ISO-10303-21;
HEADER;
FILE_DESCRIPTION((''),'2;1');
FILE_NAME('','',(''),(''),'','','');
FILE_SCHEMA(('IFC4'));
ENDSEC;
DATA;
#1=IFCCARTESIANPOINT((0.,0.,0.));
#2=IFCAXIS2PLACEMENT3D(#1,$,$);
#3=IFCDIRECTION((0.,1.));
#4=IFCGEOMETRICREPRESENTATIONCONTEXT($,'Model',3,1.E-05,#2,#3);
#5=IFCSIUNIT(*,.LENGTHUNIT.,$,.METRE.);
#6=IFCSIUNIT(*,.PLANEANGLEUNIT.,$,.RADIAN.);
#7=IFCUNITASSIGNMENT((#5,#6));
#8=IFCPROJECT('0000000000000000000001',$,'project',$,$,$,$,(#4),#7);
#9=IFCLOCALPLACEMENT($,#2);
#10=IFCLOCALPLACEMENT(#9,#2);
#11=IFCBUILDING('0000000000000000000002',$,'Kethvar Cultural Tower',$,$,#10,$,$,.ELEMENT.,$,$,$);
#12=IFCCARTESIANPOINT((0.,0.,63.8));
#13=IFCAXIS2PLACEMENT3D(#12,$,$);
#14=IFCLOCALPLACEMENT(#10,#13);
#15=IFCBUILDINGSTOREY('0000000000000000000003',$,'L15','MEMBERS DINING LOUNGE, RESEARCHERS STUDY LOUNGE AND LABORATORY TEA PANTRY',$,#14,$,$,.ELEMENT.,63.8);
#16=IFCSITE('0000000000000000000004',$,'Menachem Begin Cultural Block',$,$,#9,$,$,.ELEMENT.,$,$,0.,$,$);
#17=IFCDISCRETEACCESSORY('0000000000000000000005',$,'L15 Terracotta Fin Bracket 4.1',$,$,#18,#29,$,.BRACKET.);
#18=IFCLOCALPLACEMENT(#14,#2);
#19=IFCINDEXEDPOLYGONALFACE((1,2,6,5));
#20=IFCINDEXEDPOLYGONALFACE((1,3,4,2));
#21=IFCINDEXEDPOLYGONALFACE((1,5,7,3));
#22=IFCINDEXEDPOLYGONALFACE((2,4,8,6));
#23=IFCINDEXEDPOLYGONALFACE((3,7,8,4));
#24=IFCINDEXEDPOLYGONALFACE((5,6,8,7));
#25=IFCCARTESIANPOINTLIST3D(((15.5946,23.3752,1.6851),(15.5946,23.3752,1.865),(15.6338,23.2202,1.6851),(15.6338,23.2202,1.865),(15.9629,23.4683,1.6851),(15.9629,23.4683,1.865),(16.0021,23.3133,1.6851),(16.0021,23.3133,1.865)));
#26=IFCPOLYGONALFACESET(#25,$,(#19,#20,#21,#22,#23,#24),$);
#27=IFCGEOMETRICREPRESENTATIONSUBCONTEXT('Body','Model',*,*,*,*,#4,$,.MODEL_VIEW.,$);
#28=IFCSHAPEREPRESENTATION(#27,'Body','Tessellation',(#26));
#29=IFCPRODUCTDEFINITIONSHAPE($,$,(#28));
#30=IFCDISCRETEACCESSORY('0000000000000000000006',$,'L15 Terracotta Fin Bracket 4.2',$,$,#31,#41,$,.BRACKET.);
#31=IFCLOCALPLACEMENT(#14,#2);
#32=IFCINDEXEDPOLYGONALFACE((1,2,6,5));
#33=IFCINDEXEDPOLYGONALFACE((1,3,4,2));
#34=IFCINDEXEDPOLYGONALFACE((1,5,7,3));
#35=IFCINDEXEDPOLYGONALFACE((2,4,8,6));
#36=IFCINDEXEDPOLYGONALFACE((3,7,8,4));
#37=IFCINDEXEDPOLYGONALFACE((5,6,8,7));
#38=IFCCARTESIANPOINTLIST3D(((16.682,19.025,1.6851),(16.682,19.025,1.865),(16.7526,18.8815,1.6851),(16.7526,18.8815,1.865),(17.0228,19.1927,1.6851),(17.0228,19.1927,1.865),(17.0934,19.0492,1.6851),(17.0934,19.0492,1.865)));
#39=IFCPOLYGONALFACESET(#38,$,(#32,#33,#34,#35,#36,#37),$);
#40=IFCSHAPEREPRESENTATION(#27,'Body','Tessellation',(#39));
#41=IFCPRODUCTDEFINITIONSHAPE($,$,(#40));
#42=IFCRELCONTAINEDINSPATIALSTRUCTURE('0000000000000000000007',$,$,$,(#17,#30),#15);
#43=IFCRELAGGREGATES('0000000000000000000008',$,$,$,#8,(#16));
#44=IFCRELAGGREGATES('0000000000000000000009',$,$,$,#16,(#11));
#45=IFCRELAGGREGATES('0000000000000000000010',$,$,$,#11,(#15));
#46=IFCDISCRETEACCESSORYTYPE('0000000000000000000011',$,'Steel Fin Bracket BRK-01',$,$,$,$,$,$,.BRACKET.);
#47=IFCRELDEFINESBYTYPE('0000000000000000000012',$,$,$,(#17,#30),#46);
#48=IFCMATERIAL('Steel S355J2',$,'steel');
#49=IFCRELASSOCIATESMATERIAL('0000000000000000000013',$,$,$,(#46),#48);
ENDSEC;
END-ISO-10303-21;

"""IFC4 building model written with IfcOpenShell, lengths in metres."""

from ifc_helpers import new_model, si_unit, direction, frame, origin, origin_2d, place, context, subcontext, project, spatial, rectangle, extrude, source, transform, mapped, material, type_object, element, save


model = new_model("IFC4")

# Units and contexts
model_context = context("Model", 3, precision=1e-05, world=origin(), true_north=direction((0.0, 1.0)))
body_context = subcontext(model_context, "Body", "Model", "MODEL_VIEW")
ifc_project = project(units=[si_unit("LENGTHUNIT", "METRE"), si_unit("PLANEANGLEUNIT", "RADIAN")], contexts=[model_context])

# Site, building, storey
site_placement = place(None, origin())
site = spatial("IfcSite", under=ifc_project, at=site_placement, Name="Menachem Begin Cultural Block", CompositionType="ELEMENT", RefElevation=0.0)
building_placement = place(site_placement, origin())
building = spatial("IfcBuilding", under=site, at=building_placement, Name="Kethvar Cultural Tower", CompositionType="ELEMENT")
storey_placement = place(building_placement, frame((0.0, 0.0, 63.8)))
storey = spatial("IfcBuildingStorey", under=building, at=storey_placement, Name="L15", Description="MEMBERS DINING LOUNGE, RESEARCHERS STUDY LOUNGE AND LABORATORY TEA PANTRY", CompositionType="ELEMENT", Elevation=63.8)

# Shared definitions
ifc_material_1 = material(Name="Steel S355J2", Category="steel")

# Discrete accessories
discrete_accessory_type = type_object("IfcDiscreteAccessoryType", Name="Steel Fin Bracket BRK-01", PredefinedType="BRACKET", material=ifc_material_1)
shared_shape_1 = source(origin(), body_context, "Body", "SweptSolid", [
    extrude(rectangle(XDim=0.3799, YDim=0.1599, at=origin_2d()), origin(), (0.0, 0.0, 1.0), 0.1799),
])
for number, where, z_axis, x_axis, name in (
    (1, (15.7983, 23.3442, 1.6851), (0.0, 0.0, 1.0), (-0.969488, -0.245138, 0.0), "L15 Terracotta Fin Bracket 4.1"),
    (2, (16.8877, 19.0371, 1.6851), (0.0, 0.0, 1.0), (-0.897258, -0.441506, 0.0), "L15 Terracotta Fin Bracket 4.2"),
):
    element("IfcDiscreteAccessory", number, at=place(storey_placement, frame(where, z_axis=z_axis, x_axis=x_axis)), inside=storey, type_object=discrete_accessory_type, Name=name, PredefinedType="BRACKET", context=body_context, shape_type="MappedRepresentation", body=[
        mapped(shared_shape_1, transform((0.0, 0.0, 0.0), scale=1.0)),
    ])

save(model, "model.ifc")
